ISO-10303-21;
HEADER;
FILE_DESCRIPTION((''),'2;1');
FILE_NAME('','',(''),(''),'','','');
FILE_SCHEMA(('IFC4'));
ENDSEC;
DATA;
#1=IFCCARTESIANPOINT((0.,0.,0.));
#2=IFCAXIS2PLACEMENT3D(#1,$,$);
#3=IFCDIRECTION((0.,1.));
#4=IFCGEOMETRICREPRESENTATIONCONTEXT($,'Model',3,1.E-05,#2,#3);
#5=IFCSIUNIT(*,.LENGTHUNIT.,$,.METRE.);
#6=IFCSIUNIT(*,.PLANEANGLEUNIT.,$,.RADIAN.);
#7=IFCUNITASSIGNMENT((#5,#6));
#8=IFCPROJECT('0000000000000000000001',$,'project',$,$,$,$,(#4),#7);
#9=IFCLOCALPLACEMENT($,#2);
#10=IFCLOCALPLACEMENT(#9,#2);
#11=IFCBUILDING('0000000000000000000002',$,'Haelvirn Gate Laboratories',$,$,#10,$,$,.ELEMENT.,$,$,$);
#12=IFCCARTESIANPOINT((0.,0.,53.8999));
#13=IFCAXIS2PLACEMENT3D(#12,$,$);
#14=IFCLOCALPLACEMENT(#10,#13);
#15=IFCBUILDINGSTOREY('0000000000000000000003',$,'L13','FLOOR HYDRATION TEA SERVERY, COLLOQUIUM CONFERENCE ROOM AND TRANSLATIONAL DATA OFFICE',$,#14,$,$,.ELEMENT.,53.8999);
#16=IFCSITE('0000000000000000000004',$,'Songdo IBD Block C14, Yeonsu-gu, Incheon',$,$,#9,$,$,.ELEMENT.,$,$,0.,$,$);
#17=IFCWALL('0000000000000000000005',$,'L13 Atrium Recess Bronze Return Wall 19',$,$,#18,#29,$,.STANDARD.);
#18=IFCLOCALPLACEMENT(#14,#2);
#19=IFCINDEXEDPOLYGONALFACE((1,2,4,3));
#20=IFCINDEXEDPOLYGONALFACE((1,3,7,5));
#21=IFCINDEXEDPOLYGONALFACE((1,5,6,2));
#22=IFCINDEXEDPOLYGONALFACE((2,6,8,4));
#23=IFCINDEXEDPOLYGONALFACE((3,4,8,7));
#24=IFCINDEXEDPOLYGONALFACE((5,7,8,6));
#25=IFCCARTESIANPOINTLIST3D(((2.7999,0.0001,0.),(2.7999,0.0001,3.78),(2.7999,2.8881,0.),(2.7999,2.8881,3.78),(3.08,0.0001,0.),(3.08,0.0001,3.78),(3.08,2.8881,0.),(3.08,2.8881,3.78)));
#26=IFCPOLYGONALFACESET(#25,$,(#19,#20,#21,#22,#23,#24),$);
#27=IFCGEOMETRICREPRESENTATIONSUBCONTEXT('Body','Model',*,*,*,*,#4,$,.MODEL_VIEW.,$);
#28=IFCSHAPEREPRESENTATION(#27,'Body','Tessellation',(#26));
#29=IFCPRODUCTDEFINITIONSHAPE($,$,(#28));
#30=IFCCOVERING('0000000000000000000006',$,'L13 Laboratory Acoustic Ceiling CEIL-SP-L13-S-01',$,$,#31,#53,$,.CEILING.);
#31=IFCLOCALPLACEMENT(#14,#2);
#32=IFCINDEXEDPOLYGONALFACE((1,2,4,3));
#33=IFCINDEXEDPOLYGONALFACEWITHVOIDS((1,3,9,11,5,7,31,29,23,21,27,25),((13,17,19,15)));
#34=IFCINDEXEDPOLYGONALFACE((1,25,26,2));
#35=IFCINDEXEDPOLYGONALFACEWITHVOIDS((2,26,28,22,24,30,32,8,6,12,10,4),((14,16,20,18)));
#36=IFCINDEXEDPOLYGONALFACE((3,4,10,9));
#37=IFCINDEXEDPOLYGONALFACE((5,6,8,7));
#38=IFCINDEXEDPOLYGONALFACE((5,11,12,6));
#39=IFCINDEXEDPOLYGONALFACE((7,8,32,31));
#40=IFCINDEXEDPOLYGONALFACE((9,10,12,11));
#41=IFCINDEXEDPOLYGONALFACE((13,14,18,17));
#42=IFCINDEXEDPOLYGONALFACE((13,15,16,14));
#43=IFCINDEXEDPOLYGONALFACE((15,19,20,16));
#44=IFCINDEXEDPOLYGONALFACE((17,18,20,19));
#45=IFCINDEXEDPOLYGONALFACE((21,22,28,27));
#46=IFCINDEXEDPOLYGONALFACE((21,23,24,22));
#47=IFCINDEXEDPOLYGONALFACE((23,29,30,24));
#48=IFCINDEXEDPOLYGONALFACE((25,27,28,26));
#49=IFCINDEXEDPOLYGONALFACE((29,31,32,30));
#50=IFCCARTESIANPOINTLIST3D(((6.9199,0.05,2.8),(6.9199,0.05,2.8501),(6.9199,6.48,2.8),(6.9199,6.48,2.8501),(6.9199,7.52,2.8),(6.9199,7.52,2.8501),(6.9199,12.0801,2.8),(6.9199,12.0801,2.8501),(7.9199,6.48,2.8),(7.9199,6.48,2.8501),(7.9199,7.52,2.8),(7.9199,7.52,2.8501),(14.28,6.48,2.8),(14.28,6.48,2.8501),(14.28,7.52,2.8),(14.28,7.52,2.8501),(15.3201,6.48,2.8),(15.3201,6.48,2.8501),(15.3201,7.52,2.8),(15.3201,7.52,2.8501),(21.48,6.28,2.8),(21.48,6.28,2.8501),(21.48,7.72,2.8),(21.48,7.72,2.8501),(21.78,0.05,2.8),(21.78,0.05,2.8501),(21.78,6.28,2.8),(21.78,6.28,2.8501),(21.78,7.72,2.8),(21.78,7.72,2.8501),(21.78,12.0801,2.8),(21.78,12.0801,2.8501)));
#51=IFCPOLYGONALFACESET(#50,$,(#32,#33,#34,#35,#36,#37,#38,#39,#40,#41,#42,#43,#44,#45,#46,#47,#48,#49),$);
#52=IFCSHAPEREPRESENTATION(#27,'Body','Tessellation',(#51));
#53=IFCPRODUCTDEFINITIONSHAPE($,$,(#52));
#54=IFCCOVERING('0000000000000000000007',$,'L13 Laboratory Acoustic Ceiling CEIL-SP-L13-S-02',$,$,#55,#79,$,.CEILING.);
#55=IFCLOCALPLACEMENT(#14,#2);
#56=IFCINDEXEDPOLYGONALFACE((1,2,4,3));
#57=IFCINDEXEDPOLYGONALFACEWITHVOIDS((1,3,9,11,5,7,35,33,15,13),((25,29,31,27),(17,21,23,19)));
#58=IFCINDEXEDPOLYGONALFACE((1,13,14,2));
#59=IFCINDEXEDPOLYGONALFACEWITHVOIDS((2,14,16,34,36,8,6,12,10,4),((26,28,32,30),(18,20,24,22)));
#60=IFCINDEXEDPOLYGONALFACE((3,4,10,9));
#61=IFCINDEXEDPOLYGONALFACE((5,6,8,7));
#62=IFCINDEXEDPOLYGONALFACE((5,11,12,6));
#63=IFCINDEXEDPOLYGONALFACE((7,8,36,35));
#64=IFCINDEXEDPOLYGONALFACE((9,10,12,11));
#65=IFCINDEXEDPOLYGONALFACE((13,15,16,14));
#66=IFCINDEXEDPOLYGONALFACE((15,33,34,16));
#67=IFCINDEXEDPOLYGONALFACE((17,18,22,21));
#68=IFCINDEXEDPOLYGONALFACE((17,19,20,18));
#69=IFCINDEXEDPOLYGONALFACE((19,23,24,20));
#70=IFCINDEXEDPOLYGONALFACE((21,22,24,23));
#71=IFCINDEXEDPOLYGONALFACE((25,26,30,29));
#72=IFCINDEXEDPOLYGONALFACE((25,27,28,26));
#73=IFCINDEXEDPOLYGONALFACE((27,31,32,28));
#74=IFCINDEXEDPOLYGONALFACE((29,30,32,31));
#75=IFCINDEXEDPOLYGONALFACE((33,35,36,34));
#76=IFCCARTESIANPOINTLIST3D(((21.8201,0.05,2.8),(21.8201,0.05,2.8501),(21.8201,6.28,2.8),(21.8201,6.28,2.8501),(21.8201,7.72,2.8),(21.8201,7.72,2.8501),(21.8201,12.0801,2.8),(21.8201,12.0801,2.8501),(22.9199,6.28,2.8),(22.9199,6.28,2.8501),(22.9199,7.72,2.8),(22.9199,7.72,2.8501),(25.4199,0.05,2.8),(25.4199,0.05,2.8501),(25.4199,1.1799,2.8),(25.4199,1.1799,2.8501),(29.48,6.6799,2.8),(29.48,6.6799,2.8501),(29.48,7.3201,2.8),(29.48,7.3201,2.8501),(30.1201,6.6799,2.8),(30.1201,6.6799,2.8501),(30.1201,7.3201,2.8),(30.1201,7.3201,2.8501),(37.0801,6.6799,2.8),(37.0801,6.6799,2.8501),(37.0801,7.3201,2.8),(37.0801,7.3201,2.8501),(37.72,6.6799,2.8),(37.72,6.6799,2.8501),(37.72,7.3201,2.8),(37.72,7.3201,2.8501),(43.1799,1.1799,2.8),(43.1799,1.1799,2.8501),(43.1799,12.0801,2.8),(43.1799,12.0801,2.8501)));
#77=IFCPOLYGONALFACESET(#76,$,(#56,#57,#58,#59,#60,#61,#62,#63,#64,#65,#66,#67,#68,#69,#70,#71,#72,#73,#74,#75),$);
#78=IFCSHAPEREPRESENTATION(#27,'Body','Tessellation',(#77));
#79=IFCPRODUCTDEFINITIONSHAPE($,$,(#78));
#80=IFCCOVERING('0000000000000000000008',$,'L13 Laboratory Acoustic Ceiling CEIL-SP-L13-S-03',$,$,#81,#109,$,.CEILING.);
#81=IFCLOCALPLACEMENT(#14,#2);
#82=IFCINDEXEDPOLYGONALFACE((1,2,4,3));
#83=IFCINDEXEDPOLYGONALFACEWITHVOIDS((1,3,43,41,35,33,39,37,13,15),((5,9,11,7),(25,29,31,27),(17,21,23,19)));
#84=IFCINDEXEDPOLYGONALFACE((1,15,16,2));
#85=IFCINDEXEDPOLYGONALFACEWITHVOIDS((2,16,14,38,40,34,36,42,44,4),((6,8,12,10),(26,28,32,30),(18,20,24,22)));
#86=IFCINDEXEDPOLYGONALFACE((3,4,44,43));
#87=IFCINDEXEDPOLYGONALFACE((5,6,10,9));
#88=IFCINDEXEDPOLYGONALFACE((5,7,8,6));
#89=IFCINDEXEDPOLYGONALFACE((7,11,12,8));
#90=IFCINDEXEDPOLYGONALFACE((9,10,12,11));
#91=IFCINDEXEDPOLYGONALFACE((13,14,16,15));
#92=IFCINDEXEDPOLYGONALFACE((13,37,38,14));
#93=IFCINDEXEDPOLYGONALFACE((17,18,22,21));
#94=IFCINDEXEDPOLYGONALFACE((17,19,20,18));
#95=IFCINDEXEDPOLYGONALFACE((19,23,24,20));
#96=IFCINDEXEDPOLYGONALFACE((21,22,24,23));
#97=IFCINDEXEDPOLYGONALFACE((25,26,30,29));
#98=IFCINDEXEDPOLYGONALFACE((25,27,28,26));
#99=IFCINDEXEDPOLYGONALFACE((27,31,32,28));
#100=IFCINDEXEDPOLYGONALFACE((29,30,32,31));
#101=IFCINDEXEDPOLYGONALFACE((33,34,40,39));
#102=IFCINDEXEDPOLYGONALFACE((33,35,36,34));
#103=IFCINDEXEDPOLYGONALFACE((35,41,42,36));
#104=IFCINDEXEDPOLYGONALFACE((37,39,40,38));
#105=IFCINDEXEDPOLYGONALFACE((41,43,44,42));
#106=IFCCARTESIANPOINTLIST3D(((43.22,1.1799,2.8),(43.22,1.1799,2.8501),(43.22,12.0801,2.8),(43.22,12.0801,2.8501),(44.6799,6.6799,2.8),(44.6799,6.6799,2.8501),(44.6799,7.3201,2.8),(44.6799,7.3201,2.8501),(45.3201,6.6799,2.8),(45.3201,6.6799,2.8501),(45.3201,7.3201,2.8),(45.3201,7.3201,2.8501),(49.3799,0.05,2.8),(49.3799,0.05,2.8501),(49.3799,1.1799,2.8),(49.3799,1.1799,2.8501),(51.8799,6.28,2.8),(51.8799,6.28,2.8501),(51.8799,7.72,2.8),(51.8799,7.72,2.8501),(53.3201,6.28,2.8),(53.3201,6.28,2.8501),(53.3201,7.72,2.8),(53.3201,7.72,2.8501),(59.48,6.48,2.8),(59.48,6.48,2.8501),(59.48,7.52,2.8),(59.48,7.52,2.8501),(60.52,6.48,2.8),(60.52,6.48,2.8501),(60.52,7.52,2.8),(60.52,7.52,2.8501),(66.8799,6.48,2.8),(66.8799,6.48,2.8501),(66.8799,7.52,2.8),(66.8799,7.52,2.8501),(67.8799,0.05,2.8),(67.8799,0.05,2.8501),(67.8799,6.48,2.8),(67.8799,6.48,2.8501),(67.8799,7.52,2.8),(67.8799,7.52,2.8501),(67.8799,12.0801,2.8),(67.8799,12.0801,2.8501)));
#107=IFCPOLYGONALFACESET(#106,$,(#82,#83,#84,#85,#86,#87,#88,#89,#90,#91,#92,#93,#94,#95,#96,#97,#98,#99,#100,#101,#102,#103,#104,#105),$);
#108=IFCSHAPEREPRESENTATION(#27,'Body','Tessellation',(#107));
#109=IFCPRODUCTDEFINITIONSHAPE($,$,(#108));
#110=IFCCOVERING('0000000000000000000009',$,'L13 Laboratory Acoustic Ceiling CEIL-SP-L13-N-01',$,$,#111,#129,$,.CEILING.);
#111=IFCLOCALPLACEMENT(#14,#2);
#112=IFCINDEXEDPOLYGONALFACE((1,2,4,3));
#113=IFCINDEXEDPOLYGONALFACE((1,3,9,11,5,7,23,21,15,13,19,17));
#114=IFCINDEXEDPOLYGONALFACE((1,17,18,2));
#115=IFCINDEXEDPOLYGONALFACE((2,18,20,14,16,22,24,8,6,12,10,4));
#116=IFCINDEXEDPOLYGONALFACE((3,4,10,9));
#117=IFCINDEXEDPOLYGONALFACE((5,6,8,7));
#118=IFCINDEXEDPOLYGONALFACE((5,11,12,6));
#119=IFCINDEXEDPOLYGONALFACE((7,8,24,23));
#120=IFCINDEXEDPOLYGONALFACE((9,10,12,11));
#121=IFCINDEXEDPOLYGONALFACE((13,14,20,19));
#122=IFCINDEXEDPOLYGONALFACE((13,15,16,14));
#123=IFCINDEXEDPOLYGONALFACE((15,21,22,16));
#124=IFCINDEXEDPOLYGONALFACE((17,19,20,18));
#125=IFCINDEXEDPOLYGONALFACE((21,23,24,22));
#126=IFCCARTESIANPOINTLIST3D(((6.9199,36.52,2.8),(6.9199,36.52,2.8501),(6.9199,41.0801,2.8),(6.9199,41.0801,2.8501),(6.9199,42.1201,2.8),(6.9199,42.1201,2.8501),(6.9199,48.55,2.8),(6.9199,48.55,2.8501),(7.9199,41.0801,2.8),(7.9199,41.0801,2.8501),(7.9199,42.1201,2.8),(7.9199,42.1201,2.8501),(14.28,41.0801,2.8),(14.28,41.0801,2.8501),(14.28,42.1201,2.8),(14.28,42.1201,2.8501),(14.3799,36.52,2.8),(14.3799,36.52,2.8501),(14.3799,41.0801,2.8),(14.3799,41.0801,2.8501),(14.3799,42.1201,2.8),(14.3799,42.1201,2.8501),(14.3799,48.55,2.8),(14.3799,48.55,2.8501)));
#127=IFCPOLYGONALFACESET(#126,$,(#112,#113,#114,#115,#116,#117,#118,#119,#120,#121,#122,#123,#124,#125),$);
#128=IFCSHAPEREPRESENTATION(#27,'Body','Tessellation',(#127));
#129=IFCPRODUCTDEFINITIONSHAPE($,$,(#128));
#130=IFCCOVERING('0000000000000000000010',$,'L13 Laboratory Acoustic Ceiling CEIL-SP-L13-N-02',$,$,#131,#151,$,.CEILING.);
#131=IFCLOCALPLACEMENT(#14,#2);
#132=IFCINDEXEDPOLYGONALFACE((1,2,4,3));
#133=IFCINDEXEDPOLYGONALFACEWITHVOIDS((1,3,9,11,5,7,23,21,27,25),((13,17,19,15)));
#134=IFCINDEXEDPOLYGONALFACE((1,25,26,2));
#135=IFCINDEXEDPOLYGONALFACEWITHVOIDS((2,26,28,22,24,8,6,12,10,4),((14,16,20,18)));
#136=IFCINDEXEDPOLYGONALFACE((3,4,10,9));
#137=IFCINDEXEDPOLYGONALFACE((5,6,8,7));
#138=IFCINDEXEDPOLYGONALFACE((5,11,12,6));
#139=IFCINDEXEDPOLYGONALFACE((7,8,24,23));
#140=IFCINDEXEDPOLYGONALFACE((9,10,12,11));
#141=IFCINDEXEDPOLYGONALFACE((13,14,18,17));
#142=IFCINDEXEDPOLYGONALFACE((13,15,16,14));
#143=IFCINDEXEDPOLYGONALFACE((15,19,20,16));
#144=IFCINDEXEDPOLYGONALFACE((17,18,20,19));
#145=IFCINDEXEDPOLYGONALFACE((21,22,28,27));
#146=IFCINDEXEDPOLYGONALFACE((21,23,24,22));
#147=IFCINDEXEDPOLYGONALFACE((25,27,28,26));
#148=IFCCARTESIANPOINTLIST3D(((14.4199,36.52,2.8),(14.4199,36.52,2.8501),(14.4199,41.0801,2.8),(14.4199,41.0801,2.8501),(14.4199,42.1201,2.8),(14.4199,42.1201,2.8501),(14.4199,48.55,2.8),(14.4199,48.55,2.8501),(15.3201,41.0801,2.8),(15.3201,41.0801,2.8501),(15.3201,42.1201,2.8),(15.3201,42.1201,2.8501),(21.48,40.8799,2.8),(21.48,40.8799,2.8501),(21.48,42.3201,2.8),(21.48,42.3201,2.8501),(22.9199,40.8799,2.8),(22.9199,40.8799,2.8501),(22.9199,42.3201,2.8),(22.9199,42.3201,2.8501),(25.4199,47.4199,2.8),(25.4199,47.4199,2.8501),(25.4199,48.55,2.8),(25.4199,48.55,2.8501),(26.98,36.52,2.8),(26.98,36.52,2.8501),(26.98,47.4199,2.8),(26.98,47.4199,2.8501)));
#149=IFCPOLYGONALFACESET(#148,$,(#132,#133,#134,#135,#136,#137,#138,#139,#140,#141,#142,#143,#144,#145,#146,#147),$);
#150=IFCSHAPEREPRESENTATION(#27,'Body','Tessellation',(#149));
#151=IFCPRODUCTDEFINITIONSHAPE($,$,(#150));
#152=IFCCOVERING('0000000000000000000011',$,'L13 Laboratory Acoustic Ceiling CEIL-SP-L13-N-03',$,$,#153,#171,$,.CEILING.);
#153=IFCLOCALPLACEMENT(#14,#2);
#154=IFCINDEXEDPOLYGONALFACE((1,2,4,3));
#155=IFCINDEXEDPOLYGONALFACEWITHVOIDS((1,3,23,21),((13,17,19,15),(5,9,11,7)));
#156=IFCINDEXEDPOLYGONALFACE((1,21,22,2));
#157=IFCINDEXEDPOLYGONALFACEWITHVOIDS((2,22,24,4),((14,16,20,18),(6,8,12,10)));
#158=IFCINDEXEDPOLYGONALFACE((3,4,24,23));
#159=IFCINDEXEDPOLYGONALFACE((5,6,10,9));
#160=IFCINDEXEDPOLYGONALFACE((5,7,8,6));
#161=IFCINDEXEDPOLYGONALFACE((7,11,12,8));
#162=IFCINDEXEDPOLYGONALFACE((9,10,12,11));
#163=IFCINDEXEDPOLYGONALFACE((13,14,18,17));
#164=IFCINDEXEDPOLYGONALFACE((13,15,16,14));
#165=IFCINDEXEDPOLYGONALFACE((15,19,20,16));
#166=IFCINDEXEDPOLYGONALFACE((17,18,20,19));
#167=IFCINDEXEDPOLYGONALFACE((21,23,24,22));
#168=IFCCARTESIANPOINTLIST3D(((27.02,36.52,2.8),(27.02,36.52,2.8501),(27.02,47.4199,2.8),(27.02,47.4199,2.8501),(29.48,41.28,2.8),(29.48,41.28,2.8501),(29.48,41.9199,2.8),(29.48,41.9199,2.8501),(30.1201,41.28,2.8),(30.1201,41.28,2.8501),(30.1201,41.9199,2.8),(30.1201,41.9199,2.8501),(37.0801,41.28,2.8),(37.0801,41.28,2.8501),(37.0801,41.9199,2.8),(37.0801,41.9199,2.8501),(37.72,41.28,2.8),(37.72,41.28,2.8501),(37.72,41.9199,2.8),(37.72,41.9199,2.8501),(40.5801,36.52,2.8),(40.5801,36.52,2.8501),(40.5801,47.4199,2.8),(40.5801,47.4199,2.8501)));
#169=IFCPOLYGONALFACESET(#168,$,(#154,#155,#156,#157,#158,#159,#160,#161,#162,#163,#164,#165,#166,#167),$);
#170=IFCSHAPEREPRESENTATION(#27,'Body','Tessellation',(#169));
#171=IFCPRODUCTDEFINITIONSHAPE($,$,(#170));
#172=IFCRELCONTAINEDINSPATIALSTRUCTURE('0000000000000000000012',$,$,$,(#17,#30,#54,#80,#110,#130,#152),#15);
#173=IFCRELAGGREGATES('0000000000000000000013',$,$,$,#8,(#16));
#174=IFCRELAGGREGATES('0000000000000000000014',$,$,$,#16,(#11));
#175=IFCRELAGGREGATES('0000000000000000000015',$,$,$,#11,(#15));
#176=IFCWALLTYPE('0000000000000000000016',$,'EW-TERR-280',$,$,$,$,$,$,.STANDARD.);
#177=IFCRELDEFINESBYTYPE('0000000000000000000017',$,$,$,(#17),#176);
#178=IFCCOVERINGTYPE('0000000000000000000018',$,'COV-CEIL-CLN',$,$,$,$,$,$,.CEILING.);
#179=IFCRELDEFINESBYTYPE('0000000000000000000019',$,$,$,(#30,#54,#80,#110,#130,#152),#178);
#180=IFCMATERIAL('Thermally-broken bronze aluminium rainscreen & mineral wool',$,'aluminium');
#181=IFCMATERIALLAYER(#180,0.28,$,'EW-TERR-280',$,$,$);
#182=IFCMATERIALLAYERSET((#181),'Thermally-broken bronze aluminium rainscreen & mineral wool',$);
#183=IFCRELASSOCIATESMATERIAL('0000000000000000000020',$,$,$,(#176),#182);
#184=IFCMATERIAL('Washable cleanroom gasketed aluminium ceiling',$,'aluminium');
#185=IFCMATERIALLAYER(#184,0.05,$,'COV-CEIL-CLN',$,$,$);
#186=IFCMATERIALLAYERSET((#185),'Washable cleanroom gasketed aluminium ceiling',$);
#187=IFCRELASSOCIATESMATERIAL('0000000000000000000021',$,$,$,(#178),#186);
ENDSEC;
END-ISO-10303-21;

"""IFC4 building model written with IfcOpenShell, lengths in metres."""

from ifc_helpers import new_model, si_unit, direction, frame, frame_2d, origin, place, context, subcontext, project, spatial, polyline, rectangle, outline, extrude, material, layer, layer_set, type_object, element, save


model = new_model("IFC4")

# Units and contexts
model_context = context("Model", 3, precision=1e-05, world=origin(), true_north=direction((0.0, 1.0)))
body_context = subcontext(model_context, "Body", "Model", "MODEL_VIEW")
ifc_project = project(units=[si_unit("LENGTHUNIT", "METRE"), si_unit("PLANEANGLEUNIT", "RADIAN")], contexts=[model_context])

# Site, building, storey
site_placement = place(None, origin())
site = spatial("IfcSite", under=ifc_project, at=site_placement, Name="Songdo IBD Block C14, Yeonsu-gu, Incheon", CompositionType="ELEMENT", RefElevation=0.0)
building_placement = place(site_placement, origin())
building = spatial("IfcBuilding", under=site, at=building_placement, Name="Haelvirn Gate Laboratories", CompositionType="ELEMENT")
storey_placement = place(building_placement, frame((0.0, 0.0, 53.8999)))
storey = spatial("IfcBuildingStorey", under=building, at=storey_placement, Name="L13", Description="FLOOR HYDRATION TEA SERVERY, COLLOQUIUM CONFERENCE ROOM AND TRANSLATIONAL DATA OFFICE", CompositionType="ELEMENT", Elevation=53.8999)

# Wall
ifc_material_1 = material(Name="Thermally-broken bronze aluminium rainscreen & mineral wool", Category="aluminium")
ifc_layer_1 = layer(ifc_material_1, 0.28, Name="EW-TERR-280")
ifc_layer_set_1 = layer_set([ifc_layer_1], Name="Thermally-broken bronze aluminium rainscreen & mineral wool")
wall_type = type_object("IfcWallType", Name="EW-TERR-280", PredefinedType="STANDARD", material=ifc_layer_set_1)
wall_placement = place(storey_placement, frame((2.9399, 2.8879, 0.0), z_axis=(0.0, 0.0, 1.0), x_axis=(0.0, -1.0, 0.0)))
element("IfcWall", 1, at=wall_placement, inside=storey, type_object=wall_type, Name="L13 Atrium Recess Bronze Return Wall 19", PredefinedType="STANDARD", context=body_context, shape_type="SweptSolid", body=[
    extrude(rectangle(XDim=2.8879, YDim=0.28, at=frame_2d((1.4438, 0.0))), origin(), (0.0, 0.0, 1.0), 3.78),
])

# Coverings
ifc_material_2 = material(Name="Washable cleanroom gasketed aluminium ceiling", Category="aluminium")
ifc_layer_2 = layer(ifc_material_2, 0.05, Name="COV-CEIL-CLN")
ifc_layer_set_2 = layer_set([ifc_layer_2], Name="Washable cleanroom gasketed aluminium ceiling")
covering_type = type_object("IfcCoveringType", Name="COV-CEIL-CLN", PredefinedType="CEILING", material=ifc_layer_set_2)
covering_1_placement = place(storey_placement, frame((0.0, 0.0, 2.8)))
element("IfcCovering", 2, at=covering_1_placement, inside=storey, type_object=covering_type, Name="L13 Laboratory Acoustic Ceiling CEIL-SP-L13-S-01", PredefinedType="CEILING", context=body_context, shape_type="SweptSolid", body=[
    extrude(outline(polyline([(6.9199, 0.05), (6.9199, 6.48), (7.9199, 6.48), (7.9199, 7.52), (6.9199, 7.52), (6.9199, 12.0801), (21.78, 12.0801), (21.78, 7.72), (21.48, 7.72), (21.48, 6.28), (21.78, 6.28), (21.78, 0.05), (6.9199, 0.05)]), holes=[polyline([(14.28, 6.48), (15.3201, 6.48), (15.3201, 7.52), (14.28, 7.52), (14.28, 6.48)])]), origin(), (0.0, 0.0, 1.0), 0.05),
])
covering_2_placement = place(storey_placement, frame((0.0, 0.0, 2.8)))
element("IfcCovering", 3, at=covering_2_placement, inside=storey, type_object=covering_type, Name="L13 Laboratory Acoustic Ceiling CEIL-SP-L13-S-02", PredefinedType="CEILING", context=body_context, shape_type="SweptSolid", body=[
    extrude(outline(polyline([(43.1799, 1.1799), (25.4199, 1.1799), (25.4199, 0.05), (21.8201, 0.05), (21.8201, 6.28), (22.9199, 6.28), (22.9199, 7.72), (21.8201, 7.72), (21.8201, 12.0801), (43.1799, 12.0801), (43.1799, 1.1799)]), holes=[polyline([(29.48, 7.3201), (29.48, 6.6799), (30.1201, 6.6799), (30.1201, 7.3201), (29.48, 7.3201)]), polyline([(37.72, 7.3201), (37.0801, 7.3201), (37.0801, 6.6799), (37.72, 6.6799), (37.72, 7.3201)])]), origin(), (0.0, 0.0, 1.0), 0.05),
])
covering_3_placement = place(storey_placement, frame((0.0, 0.0, 2.8)))
element("IfcCovering", 4, at=covering_3_placement, inside=storey, type_object=covering_type, Name="L13 Laboratory Acoustic Ceiling CEIL-SP-L13-S-03", PredefinedType="CEILING", context=body_context, shape_type="SweptSolid", body=[
    extrude(outline(polyline([(67.8799, 7.52), (66.8799, 7.52), (66.8799, 6.48), (67.8799, 6.48), (67.8799, 0.05), (49.3799, 0.05), (49.3799, 1.1799), (43.22, 1.1799), (43.22, 12.0801), (67.8799, 12.0801), (67.8799, 7.52)]), holes=[polyline([(53.3201, 6.28), (53.3201, 7.72), (51.8799, 7.72), (51.8799, 6.28), (53.3201, 6.28)]), polyline([(59.48, 6.48), (60.52, 6.48), (60.52, 7.52), (59.48, 7.52), (59.48, 6.48)]), polyline([(45.3201, 7.3201), (44.6799, 7.3201), (44.6799, 6.6799), (45.3201, 6.6799), (45.3201, 7.3201)])]), origin(), (0.0, 0.0, 1.0), 0.05),
])
covering_4_placement = place(storey_placement, frame((0.0, 0.0, 2.8)))
element("IfcCovering", 5, at=covering_4_placement, inside=storey, type_object=covering_type, Name="L13 Laboratory Acoustic Ceiling CEIL-SP-L13-N-01", PredefinedType="CEILING", context=body_context, shape_type="SweptSolid", body=[
    extrude(outline(polyline([(6.9199, 36.52), (6.9199, 41.0801), (7.9199, 41.0801), (7.9199, 42.1201), (6.9199, 42.1201), (6.9199, 48.55), (14.3799, 48.55), (14.3799, 42.1201), (14.28, 42.1201), (14.28, 41.0801), (14.3799, 41.0801), (14.3799, 36.52), (6.9199, 36.52)])), origin(), (0.0, 0.0, 1.0), 0.05),
])
covering_5_placement = place(storey_placement, frame((0.0, 0.0, 2.8)))
element("IfcCovering", 6, at=covering_5_placement, inside=storey, type_object=covering_type, Name="L13 Laboratory Acoustic Ceiling CEIL-SP-L13-N-02", PredefinedType="CEILING", context=body_context, shape_type="SweptSolid", body=[
    extrude(outline(polyline([(25.4199, 48.55), (25.4199, 47.4199), (26.98, 47.4199), (26.98, 36.52), (14.4199, 36.52), (14.4199, 41.0801), (15.3201, 41.0801), (15.3201, 42.1201), (14.4199, 42.1201), (14.4199, 48.55), (25.4199, 48.55)]), holes=[polyline([(22.9199, 42.3201), (21.48, 42.3201), (21.48, 40.8799), (22.9199, 40.8799), (22.9199, 42.3201)])]), origin(), (0.0, 0.0, 1.0), 0.05),
])
covering_6_placement = place(storey_placement, frame((0.0, 0.0, 2.8)))
element("IfcCovering", 7, at=covering_6_placement, inside=storey, type_object=covering_type, Name="L13 Laboratory Acoustic Ceiling CEIL-SP-L13-N-03", PredefinedType="CEILING", context=body_context, shape_type="SweptSolid", body=[
    extrude(outline(polyline([(27.02, 36.52), (27.02, 47.4199), (40.5801, 47.4199), (40.5801, 36.52), (27.02, 36.52)]), holes=[polyline([(29.48, 41.9199), (29.48, 41.28), (30.1201, 41.28), (30.1201, 41.9199), (29.48, 41.9199)]), polyline([(37.72, 41.9199), (37.0801, 41.9199), (37.0801, 41.28), (37.72, 41.28), (37.72, 41.9199)])]), origin(), (0.0, 0.0, 1.0), 0.05),
])

save(model, "model.ifc")
